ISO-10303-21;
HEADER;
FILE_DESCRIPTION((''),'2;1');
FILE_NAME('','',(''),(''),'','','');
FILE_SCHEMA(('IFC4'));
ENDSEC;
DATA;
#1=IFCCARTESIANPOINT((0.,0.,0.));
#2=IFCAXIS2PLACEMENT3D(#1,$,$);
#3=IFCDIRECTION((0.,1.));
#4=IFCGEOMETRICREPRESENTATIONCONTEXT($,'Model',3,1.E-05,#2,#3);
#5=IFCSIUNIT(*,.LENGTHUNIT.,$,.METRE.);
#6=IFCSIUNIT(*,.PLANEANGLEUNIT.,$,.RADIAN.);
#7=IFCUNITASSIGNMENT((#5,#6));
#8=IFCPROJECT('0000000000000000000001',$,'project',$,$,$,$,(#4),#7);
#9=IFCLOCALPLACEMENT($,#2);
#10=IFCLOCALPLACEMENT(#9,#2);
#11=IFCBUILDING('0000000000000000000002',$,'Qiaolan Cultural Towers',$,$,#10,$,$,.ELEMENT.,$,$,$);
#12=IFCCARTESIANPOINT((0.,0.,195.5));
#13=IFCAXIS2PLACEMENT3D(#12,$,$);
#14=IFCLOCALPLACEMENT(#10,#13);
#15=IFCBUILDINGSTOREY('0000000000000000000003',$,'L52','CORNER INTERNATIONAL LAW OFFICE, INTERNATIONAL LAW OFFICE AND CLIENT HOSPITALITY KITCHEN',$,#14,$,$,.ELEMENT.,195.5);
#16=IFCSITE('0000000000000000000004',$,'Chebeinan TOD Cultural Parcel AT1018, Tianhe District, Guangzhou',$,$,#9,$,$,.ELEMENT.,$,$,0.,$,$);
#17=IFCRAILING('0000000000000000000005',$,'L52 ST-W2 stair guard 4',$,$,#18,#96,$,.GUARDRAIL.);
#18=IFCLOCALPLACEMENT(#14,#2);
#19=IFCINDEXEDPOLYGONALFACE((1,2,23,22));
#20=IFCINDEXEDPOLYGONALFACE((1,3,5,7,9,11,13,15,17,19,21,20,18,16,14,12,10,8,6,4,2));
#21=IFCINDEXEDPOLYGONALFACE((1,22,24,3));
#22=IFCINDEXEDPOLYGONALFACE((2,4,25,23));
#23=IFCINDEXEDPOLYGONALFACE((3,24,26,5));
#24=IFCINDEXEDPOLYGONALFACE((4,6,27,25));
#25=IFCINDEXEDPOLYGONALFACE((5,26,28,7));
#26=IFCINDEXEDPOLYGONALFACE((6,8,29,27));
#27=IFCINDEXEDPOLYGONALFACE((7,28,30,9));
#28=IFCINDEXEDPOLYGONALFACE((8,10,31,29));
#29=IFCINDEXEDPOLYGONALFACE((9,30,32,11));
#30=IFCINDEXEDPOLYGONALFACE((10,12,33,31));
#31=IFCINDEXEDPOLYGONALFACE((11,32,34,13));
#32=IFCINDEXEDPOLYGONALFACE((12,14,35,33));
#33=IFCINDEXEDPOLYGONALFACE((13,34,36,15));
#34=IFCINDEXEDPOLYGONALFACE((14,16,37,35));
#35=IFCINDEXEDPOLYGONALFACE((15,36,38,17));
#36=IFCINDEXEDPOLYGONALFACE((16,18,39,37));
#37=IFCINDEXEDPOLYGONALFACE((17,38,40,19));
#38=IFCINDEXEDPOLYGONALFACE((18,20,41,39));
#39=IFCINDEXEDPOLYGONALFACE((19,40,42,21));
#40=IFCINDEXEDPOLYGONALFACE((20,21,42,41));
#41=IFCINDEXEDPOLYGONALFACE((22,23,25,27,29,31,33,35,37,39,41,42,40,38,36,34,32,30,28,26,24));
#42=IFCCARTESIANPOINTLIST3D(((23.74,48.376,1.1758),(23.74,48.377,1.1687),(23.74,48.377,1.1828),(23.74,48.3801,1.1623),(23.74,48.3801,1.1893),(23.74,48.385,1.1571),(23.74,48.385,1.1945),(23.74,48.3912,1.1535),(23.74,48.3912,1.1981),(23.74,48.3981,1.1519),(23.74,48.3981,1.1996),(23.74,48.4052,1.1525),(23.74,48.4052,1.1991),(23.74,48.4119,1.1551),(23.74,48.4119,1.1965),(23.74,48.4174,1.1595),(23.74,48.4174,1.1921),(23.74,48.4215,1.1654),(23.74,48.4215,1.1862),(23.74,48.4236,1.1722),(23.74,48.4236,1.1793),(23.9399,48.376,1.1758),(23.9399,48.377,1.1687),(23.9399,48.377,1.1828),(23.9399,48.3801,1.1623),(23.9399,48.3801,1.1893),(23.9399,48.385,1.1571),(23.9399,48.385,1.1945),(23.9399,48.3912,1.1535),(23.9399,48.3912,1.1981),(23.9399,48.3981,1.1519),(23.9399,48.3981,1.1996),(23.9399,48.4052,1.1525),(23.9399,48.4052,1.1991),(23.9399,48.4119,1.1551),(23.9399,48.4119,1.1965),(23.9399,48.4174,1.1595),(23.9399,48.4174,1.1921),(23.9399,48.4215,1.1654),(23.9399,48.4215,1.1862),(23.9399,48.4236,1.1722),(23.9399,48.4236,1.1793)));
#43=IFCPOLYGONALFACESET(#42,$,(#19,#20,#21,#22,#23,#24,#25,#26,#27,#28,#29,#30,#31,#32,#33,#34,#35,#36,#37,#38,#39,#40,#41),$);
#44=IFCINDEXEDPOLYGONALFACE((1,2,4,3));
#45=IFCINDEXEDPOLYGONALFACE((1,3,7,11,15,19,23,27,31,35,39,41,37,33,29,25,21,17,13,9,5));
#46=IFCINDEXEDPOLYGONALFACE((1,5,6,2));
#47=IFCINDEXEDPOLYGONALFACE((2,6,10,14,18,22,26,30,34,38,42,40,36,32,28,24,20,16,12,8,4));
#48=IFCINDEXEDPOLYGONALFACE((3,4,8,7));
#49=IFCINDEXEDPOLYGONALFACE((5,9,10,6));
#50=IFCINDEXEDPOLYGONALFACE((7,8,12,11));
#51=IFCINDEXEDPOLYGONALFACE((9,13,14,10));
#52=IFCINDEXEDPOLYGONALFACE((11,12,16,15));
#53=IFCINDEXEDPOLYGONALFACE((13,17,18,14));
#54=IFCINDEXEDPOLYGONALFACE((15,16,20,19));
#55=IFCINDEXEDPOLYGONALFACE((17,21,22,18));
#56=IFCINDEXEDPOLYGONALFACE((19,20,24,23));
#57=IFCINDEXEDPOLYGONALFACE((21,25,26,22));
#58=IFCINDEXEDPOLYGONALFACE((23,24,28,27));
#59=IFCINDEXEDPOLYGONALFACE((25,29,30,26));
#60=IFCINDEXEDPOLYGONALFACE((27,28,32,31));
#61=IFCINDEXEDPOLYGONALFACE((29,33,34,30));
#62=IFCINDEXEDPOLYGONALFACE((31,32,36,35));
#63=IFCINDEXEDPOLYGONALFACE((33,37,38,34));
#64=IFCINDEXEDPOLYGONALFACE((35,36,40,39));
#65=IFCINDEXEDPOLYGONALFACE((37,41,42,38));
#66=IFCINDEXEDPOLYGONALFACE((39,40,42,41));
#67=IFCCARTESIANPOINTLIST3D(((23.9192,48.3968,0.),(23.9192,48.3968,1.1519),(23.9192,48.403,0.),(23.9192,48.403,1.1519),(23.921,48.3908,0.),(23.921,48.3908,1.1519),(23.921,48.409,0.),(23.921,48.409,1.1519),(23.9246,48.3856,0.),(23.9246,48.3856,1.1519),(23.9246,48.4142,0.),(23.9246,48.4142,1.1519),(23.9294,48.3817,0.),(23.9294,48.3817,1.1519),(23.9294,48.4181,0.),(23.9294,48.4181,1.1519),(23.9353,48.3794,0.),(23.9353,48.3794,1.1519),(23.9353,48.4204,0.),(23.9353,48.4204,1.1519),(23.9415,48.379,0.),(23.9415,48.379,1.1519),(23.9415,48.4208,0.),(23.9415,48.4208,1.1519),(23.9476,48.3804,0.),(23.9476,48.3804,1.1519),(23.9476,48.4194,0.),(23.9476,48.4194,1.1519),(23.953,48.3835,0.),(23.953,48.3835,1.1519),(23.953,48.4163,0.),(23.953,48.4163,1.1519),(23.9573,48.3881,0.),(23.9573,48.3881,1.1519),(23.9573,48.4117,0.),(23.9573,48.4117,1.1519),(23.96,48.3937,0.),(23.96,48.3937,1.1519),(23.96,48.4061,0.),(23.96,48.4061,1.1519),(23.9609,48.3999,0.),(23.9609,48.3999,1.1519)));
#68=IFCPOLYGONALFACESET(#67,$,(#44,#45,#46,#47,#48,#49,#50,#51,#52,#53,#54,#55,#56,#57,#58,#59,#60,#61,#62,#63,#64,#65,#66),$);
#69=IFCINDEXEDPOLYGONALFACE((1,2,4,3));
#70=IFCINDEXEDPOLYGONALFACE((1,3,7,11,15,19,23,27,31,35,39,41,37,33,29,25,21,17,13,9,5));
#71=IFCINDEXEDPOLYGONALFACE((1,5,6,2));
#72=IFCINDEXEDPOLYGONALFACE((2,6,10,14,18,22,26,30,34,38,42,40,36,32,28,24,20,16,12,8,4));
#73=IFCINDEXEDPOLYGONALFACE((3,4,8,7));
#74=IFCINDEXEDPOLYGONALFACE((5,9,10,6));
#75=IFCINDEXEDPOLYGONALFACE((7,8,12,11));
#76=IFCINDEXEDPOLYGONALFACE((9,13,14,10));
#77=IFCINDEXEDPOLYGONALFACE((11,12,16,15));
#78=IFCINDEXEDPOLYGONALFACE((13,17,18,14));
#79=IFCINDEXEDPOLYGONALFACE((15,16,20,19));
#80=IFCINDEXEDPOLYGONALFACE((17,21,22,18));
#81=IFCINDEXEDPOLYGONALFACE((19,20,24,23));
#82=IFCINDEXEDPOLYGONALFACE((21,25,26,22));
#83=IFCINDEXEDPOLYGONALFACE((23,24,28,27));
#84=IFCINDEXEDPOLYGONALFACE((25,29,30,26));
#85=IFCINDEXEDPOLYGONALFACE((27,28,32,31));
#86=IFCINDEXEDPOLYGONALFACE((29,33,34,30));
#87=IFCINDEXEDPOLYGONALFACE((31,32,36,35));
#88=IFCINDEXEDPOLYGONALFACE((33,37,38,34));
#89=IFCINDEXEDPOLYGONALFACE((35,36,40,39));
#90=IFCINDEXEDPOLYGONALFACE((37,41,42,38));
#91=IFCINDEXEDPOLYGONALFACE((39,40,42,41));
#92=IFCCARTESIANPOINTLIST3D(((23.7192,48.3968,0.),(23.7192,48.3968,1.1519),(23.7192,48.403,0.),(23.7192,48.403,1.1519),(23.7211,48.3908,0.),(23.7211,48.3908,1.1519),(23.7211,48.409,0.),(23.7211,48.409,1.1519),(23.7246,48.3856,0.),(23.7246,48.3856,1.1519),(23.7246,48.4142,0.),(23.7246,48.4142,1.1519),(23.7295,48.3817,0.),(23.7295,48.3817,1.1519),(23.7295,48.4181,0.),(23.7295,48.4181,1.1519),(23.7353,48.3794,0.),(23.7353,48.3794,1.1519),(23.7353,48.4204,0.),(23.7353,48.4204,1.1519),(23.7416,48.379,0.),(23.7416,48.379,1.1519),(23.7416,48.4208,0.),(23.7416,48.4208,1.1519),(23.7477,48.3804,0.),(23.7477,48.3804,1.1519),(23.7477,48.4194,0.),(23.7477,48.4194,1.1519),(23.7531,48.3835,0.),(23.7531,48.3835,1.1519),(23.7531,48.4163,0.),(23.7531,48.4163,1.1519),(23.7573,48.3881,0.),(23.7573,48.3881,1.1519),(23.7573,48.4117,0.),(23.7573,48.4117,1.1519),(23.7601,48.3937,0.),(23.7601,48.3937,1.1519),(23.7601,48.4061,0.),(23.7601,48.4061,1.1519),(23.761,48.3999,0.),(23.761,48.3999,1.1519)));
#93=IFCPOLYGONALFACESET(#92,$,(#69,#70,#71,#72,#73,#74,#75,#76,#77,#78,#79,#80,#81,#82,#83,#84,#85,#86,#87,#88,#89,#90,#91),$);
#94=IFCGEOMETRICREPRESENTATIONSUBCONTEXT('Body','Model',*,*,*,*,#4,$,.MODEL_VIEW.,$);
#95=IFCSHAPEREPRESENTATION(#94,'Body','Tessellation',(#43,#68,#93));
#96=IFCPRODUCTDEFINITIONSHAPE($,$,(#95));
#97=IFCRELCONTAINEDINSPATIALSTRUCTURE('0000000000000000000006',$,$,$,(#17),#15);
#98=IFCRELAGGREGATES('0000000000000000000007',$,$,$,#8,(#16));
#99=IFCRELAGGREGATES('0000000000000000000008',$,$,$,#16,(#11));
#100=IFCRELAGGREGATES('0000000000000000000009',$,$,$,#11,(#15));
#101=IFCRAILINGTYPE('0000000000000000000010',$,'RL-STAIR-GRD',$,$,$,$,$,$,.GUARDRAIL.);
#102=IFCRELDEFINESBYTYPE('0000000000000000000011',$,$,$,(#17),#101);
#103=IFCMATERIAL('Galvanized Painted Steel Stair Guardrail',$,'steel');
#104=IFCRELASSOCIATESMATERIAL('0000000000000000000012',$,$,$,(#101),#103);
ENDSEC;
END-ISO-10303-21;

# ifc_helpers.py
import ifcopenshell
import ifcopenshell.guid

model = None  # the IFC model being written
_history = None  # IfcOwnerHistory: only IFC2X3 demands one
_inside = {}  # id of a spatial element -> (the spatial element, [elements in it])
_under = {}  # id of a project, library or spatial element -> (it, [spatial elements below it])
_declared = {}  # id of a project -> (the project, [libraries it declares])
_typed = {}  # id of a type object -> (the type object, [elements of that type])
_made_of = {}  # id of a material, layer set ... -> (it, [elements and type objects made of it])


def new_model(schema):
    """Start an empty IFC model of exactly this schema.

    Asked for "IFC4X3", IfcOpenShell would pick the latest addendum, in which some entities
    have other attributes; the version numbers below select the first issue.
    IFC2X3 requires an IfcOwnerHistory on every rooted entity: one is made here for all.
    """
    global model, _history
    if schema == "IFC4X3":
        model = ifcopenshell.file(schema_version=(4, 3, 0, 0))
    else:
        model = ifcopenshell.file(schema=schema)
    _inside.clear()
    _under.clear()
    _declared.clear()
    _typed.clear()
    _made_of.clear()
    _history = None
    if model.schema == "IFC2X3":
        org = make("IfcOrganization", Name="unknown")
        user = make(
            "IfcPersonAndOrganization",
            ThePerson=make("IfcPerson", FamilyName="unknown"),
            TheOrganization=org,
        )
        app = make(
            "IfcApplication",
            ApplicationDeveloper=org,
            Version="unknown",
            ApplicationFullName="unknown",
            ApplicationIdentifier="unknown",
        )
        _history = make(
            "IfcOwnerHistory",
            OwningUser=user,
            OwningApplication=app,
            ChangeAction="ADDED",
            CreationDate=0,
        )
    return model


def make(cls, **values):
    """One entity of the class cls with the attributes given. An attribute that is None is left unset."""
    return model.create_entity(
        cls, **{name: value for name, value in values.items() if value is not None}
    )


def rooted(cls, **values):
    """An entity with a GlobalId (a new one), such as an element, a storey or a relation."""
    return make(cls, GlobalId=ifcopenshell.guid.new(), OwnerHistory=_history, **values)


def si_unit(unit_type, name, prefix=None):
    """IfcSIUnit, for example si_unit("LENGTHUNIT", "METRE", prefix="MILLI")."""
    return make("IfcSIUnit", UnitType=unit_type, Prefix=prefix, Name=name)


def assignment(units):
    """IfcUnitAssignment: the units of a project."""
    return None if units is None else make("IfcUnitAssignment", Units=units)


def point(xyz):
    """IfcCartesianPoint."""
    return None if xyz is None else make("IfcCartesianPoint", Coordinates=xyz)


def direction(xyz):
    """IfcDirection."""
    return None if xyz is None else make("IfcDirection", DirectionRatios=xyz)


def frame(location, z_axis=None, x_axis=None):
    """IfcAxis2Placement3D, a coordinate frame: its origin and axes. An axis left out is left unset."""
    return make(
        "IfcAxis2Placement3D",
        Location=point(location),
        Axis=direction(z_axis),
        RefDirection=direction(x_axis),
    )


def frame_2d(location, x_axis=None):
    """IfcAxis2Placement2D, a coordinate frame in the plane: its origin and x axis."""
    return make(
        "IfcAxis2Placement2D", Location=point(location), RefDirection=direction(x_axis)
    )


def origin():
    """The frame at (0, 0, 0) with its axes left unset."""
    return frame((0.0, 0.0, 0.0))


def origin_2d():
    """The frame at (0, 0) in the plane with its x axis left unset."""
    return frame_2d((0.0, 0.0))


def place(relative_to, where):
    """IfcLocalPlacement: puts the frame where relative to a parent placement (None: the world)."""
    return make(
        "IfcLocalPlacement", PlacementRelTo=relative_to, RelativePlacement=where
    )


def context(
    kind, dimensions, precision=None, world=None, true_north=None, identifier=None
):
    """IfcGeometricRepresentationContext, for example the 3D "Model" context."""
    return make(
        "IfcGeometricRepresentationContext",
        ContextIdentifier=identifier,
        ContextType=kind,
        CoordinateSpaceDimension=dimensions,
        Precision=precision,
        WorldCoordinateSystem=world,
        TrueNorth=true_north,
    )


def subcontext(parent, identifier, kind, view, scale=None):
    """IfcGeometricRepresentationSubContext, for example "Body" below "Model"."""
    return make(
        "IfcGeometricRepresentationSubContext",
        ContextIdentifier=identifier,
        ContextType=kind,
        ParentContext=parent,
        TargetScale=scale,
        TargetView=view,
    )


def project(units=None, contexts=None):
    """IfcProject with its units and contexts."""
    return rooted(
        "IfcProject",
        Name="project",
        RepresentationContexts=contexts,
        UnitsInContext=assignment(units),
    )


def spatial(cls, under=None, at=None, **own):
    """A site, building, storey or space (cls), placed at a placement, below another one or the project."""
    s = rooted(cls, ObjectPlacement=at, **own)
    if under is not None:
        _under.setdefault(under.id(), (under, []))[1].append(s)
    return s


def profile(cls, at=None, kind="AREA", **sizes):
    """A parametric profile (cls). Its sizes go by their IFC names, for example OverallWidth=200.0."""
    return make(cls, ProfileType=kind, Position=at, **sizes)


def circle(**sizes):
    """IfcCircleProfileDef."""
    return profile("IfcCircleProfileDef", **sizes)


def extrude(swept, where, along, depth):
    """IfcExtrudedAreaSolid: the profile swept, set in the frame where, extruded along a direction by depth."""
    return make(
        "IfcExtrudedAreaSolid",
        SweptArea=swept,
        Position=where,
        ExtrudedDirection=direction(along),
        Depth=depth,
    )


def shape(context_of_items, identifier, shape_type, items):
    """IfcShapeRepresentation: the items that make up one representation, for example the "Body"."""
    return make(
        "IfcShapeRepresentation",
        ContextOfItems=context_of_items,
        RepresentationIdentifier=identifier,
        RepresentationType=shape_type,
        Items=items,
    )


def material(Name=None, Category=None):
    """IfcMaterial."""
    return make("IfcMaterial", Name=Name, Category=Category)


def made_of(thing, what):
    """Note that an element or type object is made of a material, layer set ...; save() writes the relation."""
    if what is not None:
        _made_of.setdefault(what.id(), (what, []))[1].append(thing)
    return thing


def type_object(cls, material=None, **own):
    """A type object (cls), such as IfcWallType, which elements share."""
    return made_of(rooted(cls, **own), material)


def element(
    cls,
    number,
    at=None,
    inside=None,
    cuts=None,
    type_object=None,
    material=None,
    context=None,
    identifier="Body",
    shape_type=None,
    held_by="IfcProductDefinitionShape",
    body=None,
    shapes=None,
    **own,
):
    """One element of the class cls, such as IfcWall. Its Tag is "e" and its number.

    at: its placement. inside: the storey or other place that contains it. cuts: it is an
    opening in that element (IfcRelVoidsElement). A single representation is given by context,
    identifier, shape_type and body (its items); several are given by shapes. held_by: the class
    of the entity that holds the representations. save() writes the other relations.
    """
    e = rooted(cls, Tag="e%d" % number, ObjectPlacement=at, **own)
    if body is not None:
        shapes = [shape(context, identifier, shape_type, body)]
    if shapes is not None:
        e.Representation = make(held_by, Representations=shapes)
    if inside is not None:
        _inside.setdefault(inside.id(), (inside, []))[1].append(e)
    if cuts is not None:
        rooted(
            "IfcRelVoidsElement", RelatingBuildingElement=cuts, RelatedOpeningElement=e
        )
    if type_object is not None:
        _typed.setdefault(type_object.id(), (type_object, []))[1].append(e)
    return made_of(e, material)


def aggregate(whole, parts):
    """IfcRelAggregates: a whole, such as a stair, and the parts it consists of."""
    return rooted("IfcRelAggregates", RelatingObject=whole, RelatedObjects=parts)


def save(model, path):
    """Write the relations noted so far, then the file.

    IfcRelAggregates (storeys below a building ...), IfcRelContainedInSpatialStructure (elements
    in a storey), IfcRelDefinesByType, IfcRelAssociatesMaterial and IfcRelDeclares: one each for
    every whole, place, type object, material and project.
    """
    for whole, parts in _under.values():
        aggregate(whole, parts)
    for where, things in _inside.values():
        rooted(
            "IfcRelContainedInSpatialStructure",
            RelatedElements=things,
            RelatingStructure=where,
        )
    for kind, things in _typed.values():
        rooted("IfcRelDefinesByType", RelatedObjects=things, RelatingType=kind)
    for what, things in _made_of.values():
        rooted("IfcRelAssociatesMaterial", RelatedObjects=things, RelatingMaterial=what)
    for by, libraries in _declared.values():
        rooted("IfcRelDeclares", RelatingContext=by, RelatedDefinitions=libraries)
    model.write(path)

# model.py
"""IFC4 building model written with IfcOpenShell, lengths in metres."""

from ifc_helpers import new_model, si_unit, direction, frame, origin, origin_2d, place, context, subcontext, project, spatial, circle, extrude, material, type_object, element, save


model = new_model("IFC4")

# Units and contexts
model_context = context("Model", 3, precision=1e-05, world=origin(), true_north=direction((0.0, 1.0)))
body_context = subcontext(model_context, "Body", "Model", "MODEL_VIEW")
ifc_project = project(units=[si_unit("LENGTHUNIT", "METRE"), si_unit("PLANEANGLEUNIT", "RADIAN")], contexts=[model_context])

# Site, building, storey
site_placement = place(None, origin())
site = spatial("IfcSite", under=ifc_project, at=site_placement, Name="Chebeinan TOD Cultural Parcel AT1018, Tianhe District, Guangzhou", CompositionType="ELEMENT", RefElevation=0.0)
building_placement = place(site_placement, origin())
building = spatial("IfcBuilding", under=site, at=building_placement, Name="Qiaolan Cultural Towers", CompositionType="ELEMENT")
storey_placement = place(building_placement, frame((0.0, 0.0, 195.5)))
storey = spatial("IfcBuildingStorey", under=building, at=storey_placement, Name="L52", Description="CORNER INTERNATIONAL LAW OFFICE, INTERNATIONAL LAW OFFICE AND CLIENT HOSPITALITY KITCHEN", CompositionType="ELEMENT", Elevation=195.5)

# Railing
ifc_material_1 = material(Name="Galvanized Painted Steel Stair Guardrail", Category="steel")
railing_type_1 = type_object("IfcRailingType", Name="RL-STAIR-GRD", PredefinedType="GUARDRAIL", material=ifc_material_1)
railing_1_placement = place(storey_placement, frame((23.9399, 48.3999, 0.0)))
element("IfcRailing", 1, at=railing_1_placement, inside=storey, type_object=railing_type_1, Name="L52 ST-W2 stair guard 4", PredefinedType="GUARDRAIL", context=body_context, shape_type="SweptSolid", body=[
    extrude(circle(Radius=0.0239, at=origin_2d()), frame((0.0, 0.0, 1.1758), z_axis=(-1.0, 0.0, 0.0), x_axis=(0.0, -1.0, 0.0)), (0.0, 0.0, 1.0), 0.2),
    extrude(circle(Radius=0.021, at=origin_2d()), origin(), (0.0, 0.0, 1.0), 1.1519),
    extrude(circle(Radius=0.021, at=origin_2d()), frame((-0.2, 0.0, 0.0)), (0.0, 0.0, 1.0), 1.1519),
])

save(model, "model.ifc")
